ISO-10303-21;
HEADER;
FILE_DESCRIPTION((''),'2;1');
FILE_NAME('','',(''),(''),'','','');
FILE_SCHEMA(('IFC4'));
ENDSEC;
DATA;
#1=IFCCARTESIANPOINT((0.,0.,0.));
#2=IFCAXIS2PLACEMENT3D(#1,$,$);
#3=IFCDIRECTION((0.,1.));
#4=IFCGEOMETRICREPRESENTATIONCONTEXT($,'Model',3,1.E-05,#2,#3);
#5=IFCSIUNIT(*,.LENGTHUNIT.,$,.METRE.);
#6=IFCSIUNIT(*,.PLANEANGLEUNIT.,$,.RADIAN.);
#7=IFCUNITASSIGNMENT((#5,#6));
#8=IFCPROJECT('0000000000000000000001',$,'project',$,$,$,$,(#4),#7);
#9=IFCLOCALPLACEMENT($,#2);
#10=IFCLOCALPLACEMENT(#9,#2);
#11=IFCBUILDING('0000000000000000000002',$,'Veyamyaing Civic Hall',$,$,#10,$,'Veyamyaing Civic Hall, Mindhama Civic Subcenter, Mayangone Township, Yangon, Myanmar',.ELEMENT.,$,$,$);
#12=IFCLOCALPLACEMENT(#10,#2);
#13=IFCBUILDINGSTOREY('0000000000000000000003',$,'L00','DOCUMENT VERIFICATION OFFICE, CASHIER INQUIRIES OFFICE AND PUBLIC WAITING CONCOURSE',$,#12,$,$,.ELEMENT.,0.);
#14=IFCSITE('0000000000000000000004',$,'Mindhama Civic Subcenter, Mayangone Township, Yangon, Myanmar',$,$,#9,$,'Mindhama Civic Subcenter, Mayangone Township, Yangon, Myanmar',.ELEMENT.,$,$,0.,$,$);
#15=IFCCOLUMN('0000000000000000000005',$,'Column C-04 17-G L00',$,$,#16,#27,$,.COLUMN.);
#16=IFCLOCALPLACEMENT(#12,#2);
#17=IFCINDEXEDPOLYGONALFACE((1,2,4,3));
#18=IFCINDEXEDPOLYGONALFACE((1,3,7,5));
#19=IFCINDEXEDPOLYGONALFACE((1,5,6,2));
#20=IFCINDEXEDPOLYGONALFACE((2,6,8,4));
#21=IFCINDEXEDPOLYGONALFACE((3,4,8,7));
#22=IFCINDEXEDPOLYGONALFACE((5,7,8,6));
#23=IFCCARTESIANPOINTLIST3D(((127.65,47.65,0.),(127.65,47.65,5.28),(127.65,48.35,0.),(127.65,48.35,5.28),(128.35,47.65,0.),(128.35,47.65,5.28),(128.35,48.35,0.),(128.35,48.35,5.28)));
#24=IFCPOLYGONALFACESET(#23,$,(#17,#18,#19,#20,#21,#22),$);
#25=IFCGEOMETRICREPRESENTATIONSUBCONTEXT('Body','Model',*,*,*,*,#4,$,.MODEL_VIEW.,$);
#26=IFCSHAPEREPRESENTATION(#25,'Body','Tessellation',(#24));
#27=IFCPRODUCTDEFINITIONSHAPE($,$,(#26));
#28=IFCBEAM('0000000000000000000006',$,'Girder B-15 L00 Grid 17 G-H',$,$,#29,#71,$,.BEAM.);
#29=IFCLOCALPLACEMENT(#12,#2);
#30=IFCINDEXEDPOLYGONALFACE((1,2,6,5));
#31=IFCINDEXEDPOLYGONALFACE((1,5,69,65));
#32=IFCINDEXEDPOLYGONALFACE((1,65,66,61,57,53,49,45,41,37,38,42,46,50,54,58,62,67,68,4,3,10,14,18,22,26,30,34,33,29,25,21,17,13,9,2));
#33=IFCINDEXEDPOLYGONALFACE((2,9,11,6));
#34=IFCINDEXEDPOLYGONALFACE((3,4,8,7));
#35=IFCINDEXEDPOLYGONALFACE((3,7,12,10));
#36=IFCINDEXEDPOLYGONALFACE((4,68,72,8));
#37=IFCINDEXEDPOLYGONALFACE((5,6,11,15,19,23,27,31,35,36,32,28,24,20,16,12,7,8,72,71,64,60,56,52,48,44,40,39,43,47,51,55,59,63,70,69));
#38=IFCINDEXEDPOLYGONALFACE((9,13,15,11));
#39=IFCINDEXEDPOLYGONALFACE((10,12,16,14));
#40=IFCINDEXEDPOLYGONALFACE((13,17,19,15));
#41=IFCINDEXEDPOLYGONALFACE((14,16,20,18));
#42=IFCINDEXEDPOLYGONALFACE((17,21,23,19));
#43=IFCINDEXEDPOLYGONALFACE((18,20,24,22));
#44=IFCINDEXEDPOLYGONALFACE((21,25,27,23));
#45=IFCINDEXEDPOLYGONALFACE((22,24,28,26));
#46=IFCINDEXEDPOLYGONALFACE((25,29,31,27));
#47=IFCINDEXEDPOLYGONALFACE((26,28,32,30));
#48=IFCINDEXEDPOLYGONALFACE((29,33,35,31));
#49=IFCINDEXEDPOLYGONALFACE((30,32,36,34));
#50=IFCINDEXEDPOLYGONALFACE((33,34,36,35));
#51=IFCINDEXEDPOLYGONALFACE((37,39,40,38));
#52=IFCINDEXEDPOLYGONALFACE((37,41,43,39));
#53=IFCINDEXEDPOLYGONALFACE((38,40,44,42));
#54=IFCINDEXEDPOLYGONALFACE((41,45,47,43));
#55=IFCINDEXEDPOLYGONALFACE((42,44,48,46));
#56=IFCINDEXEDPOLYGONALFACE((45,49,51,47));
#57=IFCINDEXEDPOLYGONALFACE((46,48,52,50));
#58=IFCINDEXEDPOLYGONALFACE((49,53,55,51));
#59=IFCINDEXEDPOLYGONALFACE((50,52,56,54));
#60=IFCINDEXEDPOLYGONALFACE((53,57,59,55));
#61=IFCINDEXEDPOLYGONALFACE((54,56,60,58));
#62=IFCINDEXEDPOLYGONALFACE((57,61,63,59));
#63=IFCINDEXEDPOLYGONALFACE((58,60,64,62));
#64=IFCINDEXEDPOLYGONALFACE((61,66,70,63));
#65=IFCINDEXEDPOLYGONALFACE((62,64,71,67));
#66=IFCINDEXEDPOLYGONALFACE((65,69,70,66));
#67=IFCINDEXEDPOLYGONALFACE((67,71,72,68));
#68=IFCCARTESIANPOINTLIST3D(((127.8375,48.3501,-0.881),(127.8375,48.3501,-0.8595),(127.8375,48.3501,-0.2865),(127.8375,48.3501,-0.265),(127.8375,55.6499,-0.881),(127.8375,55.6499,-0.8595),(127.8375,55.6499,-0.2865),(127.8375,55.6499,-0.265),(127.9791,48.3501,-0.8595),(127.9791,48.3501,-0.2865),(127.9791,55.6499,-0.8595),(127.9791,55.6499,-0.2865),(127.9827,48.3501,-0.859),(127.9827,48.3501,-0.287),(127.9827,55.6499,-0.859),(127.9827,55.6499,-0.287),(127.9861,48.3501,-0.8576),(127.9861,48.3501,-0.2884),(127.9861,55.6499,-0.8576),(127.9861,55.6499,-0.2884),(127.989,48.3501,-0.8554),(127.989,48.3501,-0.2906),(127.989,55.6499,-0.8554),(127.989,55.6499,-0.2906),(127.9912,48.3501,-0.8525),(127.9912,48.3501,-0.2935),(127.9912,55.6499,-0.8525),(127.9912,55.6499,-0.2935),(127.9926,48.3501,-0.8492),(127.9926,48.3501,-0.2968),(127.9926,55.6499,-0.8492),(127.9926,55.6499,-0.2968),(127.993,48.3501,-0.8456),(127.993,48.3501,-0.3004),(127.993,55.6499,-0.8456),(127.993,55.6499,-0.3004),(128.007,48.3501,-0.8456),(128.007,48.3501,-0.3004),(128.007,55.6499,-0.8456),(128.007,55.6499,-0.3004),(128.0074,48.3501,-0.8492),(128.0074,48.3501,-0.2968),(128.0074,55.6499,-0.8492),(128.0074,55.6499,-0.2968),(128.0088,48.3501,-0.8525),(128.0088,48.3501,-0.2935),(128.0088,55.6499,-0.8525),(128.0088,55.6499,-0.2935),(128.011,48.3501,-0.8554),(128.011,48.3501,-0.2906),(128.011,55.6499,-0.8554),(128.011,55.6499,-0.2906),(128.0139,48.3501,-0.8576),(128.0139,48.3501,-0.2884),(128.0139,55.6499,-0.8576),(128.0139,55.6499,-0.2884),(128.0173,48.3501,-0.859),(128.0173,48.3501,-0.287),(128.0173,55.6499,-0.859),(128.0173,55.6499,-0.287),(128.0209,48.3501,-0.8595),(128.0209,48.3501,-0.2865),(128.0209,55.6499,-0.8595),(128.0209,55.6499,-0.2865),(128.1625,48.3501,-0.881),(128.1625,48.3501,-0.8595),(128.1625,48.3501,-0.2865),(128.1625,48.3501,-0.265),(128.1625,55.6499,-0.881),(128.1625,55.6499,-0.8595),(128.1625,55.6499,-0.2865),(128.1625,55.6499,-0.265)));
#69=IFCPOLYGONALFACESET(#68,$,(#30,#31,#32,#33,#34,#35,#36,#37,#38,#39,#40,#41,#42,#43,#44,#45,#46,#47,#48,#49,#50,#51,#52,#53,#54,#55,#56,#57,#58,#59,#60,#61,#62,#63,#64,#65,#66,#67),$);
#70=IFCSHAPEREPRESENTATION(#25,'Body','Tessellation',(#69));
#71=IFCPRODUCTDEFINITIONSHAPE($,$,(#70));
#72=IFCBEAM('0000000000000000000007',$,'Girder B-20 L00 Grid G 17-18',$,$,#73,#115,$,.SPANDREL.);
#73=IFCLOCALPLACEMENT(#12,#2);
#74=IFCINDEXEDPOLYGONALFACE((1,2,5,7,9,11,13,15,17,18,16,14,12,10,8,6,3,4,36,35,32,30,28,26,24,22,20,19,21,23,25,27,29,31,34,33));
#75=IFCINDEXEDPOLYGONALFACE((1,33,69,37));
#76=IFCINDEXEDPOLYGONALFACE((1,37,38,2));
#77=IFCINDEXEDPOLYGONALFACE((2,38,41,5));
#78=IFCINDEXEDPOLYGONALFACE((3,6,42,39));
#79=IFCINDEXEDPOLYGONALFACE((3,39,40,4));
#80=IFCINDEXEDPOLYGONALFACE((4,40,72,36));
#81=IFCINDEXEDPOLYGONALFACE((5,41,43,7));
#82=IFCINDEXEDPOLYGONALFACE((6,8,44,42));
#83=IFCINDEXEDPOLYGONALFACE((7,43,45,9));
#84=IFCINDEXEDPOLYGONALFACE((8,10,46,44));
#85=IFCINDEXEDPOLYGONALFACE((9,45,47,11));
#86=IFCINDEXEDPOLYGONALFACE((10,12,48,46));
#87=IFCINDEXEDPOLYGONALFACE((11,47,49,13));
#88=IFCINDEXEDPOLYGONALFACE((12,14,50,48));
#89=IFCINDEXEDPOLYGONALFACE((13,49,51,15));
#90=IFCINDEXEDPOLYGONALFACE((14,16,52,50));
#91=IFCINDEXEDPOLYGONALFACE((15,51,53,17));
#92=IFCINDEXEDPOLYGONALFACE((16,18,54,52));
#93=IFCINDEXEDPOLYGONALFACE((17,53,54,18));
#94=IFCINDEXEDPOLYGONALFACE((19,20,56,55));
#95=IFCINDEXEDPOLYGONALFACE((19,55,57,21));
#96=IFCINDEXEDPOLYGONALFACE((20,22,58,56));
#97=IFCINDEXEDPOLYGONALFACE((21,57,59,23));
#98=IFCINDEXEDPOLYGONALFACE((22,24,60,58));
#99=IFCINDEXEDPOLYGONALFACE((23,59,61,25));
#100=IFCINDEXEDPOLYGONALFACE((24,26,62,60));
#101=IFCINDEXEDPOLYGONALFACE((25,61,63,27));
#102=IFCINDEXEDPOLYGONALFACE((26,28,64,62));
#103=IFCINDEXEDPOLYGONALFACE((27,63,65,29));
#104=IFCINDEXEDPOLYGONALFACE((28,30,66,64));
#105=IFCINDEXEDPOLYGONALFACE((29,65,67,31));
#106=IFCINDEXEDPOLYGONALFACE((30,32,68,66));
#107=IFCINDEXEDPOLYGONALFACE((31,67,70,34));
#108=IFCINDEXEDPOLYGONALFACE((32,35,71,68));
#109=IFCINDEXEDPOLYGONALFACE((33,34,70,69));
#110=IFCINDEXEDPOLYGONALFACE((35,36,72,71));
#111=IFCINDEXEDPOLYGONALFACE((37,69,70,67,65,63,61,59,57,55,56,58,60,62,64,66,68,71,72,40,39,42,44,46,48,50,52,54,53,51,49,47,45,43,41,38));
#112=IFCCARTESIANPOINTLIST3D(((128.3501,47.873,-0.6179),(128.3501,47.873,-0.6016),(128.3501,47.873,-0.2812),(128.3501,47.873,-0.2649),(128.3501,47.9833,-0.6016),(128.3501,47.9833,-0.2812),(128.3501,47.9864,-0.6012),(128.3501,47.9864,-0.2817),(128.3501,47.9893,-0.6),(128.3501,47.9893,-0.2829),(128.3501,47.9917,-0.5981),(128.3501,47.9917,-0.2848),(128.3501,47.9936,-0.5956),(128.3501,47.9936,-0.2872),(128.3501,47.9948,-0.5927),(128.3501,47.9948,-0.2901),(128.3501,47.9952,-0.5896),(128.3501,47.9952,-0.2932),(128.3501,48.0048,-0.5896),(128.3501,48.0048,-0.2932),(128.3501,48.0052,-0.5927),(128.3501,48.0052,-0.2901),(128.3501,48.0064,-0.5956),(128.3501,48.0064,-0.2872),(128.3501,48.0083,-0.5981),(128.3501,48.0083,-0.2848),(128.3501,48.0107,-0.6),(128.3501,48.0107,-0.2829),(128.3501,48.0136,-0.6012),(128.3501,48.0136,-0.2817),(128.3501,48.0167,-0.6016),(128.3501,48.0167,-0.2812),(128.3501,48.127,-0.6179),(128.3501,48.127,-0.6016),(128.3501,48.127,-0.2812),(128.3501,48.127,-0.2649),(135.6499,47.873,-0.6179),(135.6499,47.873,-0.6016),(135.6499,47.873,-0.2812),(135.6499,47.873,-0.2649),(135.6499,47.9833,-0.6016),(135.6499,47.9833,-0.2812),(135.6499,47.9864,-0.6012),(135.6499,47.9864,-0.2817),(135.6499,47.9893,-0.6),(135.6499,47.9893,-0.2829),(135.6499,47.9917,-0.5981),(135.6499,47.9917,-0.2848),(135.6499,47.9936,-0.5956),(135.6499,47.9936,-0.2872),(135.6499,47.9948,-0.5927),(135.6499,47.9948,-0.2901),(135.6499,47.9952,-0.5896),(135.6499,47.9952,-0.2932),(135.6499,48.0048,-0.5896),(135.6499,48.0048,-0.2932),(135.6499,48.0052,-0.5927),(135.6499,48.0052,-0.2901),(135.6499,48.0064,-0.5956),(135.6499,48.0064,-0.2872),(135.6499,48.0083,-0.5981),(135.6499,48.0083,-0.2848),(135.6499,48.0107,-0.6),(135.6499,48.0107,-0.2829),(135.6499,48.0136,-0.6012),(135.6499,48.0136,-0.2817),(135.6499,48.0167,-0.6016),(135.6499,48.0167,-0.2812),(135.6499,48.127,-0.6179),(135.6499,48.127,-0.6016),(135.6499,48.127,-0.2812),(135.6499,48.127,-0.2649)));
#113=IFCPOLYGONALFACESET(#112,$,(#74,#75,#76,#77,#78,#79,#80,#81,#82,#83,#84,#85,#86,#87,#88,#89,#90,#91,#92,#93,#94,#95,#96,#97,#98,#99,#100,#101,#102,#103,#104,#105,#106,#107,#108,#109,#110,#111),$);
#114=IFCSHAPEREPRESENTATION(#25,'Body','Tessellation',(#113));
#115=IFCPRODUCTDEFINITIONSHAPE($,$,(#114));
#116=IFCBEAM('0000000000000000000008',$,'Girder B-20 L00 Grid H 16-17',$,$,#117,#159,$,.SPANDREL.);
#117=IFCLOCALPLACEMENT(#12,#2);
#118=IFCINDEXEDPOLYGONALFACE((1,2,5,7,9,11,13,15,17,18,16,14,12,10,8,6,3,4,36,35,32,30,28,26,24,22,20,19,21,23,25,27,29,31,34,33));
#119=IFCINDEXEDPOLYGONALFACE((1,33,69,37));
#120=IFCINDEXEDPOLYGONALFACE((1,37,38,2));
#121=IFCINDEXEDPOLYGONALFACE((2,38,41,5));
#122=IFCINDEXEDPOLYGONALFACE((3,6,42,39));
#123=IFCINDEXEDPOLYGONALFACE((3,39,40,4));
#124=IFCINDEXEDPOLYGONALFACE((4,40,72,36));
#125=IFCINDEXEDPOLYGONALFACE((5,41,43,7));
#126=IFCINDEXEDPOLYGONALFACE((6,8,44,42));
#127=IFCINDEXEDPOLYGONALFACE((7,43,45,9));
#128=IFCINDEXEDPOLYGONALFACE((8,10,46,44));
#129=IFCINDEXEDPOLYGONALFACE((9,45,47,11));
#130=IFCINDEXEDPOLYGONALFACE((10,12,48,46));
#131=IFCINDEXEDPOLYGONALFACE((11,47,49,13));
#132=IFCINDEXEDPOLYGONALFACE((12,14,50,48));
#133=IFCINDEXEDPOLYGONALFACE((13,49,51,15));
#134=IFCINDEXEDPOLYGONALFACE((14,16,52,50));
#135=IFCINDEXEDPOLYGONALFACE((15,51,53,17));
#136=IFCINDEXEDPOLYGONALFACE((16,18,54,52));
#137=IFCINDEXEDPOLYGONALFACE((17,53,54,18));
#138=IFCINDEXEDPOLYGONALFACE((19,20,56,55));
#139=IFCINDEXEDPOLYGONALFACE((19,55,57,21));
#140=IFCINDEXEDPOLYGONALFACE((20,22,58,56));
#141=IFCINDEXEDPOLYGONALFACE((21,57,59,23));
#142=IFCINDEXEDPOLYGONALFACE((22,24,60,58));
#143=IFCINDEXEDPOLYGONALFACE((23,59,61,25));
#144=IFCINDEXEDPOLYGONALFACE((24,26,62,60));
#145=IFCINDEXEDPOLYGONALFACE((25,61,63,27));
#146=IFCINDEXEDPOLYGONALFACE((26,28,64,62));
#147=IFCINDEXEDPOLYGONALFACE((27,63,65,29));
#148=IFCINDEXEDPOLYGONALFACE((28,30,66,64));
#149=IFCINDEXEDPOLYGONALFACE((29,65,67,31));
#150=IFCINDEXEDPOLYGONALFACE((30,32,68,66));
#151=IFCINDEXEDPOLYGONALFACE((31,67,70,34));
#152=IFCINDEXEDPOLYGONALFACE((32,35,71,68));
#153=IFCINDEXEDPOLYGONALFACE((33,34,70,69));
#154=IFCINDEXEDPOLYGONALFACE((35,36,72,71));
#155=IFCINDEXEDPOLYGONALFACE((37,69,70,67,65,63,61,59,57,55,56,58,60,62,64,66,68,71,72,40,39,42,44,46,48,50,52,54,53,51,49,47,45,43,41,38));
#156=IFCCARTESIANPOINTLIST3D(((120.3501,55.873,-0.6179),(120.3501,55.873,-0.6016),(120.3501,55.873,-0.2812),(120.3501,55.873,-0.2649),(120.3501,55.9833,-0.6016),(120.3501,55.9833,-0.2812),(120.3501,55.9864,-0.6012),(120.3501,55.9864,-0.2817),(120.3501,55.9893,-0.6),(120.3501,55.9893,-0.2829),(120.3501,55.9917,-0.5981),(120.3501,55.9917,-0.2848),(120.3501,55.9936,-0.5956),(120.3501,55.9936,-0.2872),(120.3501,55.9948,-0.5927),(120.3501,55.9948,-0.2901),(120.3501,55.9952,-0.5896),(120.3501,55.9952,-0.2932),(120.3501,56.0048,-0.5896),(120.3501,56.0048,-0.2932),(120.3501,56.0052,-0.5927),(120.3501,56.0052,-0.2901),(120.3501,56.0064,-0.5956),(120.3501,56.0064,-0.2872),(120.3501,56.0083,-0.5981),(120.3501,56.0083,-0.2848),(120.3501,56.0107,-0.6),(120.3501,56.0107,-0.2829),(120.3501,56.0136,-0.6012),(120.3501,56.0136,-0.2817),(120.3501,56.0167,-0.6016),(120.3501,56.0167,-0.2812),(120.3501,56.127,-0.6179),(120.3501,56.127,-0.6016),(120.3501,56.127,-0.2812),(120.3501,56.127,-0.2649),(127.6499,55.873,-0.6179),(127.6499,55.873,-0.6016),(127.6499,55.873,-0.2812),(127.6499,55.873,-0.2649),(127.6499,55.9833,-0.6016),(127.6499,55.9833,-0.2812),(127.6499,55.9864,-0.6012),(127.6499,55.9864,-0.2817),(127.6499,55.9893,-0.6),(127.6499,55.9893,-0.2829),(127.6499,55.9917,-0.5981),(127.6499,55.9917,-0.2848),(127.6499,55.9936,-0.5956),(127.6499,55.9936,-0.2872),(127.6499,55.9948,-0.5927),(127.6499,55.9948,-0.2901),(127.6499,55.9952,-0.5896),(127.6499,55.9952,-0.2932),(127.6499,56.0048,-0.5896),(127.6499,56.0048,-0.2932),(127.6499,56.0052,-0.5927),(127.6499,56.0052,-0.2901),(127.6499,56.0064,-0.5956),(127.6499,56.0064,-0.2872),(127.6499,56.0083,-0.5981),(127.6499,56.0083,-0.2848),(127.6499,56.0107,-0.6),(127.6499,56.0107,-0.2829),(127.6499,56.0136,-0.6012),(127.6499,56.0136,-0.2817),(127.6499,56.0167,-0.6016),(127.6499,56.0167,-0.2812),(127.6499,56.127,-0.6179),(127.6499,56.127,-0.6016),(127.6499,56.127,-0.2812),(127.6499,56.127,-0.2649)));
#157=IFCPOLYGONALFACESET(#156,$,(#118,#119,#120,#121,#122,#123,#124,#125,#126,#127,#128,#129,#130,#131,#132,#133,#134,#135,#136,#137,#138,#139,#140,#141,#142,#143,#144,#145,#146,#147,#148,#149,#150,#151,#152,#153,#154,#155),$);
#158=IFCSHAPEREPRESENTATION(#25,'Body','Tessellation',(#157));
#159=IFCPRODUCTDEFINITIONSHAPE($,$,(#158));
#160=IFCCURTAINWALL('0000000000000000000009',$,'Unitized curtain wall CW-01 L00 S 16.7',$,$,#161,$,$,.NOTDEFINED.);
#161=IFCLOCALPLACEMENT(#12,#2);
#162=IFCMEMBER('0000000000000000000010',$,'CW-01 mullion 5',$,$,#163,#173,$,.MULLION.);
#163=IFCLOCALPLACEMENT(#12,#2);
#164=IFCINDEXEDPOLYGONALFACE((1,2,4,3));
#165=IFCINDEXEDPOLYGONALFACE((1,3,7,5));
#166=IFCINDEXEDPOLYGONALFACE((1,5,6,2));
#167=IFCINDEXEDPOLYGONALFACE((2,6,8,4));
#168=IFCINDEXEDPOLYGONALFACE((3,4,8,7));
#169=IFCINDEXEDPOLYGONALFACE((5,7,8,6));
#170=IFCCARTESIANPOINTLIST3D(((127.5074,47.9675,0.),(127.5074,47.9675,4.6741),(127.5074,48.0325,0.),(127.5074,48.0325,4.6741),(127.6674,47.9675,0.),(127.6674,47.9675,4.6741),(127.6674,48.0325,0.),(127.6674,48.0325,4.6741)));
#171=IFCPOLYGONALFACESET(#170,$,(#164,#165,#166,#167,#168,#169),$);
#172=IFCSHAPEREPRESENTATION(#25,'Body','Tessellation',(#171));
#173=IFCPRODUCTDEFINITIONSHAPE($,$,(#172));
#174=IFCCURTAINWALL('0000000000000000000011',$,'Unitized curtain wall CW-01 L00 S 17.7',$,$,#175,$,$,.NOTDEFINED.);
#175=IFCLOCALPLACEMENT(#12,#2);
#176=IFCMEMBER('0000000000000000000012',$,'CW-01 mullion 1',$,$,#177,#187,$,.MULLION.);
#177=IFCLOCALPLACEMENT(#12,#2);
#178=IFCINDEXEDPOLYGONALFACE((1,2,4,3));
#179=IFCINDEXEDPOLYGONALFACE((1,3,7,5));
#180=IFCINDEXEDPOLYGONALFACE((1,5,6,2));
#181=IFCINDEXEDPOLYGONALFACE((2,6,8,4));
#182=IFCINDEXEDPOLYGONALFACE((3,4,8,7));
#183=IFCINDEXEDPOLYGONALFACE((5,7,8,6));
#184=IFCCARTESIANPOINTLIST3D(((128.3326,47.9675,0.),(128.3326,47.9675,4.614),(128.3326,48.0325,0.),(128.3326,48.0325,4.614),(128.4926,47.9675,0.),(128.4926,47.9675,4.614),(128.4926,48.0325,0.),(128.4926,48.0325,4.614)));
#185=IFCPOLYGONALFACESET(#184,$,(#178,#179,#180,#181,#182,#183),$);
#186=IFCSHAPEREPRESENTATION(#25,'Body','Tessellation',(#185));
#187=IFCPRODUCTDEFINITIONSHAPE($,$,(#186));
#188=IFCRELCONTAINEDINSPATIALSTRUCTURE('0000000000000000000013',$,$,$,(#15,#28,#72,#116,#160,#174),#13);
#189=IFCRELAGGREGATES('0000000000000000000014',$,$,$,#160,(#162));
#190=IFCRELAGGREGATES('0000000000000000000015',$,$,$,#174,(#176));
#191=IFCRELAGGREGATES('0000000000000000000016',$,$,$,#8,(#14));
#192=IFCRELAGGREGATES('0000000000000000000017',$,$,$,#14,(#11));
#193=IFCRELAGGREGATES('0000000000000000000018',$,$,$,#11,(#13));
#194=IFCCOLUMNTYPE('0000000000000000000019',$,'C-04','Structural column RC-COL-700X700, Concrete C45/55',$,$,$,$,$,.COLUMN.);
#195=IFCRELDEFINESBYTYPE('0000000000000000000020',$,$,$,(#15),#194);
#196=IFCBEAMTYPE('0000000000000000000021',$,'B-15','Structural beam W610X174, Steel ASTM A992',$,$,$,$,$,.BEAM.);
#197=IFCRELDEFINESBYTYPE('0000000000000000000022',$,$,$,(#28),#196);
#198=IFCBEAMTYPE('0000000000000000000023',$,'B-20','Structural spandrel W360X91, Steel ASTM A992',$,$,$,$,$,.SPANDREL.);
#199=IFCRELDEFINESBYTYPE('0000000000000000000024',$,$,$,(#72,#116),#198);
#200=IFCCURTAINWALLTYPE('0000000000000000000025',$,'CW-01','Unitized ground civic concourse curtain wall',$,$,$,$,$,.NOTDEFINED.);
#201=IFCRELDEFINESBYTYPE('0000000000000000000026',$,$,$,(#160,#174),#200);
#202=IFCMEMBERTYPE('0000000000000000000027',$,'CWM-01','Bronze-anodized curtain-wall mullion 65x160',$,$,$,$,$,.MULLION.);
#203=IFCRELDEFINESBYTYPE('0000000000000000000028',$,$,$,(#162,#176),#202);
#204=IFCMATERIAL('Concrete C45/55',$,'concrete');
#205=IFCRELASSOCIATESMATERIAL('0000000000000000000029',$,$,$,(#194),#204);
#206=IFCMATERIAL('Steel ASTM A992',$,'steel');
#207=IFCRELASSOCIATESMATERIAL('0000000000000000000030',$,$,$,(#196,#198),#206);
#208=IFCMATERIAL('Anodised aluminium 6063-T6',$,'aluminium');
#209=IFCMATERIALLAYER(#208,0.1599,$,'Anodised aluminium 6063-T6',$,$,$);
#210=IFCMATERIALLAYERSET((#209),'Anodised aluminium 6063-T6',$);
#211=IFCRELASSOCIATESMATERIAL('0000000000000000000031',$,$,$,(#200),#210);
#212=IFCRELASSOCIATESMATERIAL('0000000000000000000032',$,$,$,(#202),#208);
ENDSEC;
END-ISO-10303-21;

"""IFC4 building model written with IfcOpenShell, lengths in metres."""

from ifc_helpers import new_model, si_unit, direction, frame, origin, origin_2d, place, context, subcontext, project, spatial, rectangle, i_section, extrude, material, layer, layer_set, material_profile, profile_set, type_object, element, aggregate, save


model = new_model("IFC4")

# Units and contexts
model_context = context("Model", 3, precision=1e-05, world=origin(), true_north=direction((0.0, 1.0)))
body_context = subcontext(model_context, "Body", "Model", "MODEL_VIEW")
ifc_project = project(units=[si_unit("LENGTHUNIT", "METRE"), si_unit("PLANEANGLEUNIT", "RADIAN")], contexts=[model_context])

# Site, building, storey
site_placement = place(None, origin())
site = spatial("IfcSite", under=ifc_project, at=site_placement, Name="Mindhama Civic Subcenter, Mayangone Township, Yangon, Myanmar", LongName="Mindhama Civic Subcenter, Mayangone Township, Yangon, Myanmar", CompositionType="ELEMENT", RefElevation=0.0)
building_placement = place(site_placement, origin())
building = spatial("IfcBuilding", under=site, at=building_placement, Name="Veyamyaing Civic Hall", LongName="Veyamyaing Civic Hall, Mindhama Civic Subcenter, Mayangone Township, Yangon, Myanmar", CompositionType="ELEMENT")
storey_placement = place(building_placement, origin())
storey = spatial("IfcBuildingStorey", under=building, at=storey_placement, Name="L00", Description="DOCUMENT VERIFICATION OFFICE, CASHIER INQUIRIES OFFICE AND PUBLIC WAITING CONCOURSE", CompositionType="ELEMENT", Elevation=0.0)

# Column
ifc_material_1 = material(Name="Concrete C45/55", Category="concrete")
ifc_material_profile_1 = material_profile(ifc_material_1, rectangle(XDim=0.7, YDim=0.7, at=origin_2d()), Name="RC-COL-700X700")
ifc_profile_set_1 = profile_set([ifc_material_profile_1], Name="Concrete C45/55")
column_type = type_object("IfcColumnType", Name="C-04", Description="Structural column RC-COL-700X700, Concrete C45/55", PredefinedType="COLUMN", material=ifc_profile_set_1)
column_placement = place(storey_placement, frame((128.0, 48.0, 0.0), z_axis=(0.0, 0.0, 1.0), x_axis=(1.0, 0.0, 0.0)))
element("IfcColumn", 1, at=column_placement, inside=storey, type_object=column_type, Name="Column C-04 17-G L00", PredefinedType="COLUMN", context=body_context, shape_type="SweptSolid", body=[
    extrude(rectangle(XDim=0.7, YDim=0.7, at=origin_2d()), origin(), (0.0, 0.0, 1.0), 5.28),
])

# Beams
ifc_material_2 = material(Name="Steel ASTM A992", Category="steel")
ifc_material_profile_2 = material_profile(ifc_material_2, i_section(OverallWidth=0.325, OverallDepth=0.616, WebThickness=0.0139, FlangeThickness=0.0215, FilletRadius=0.0139, at=origin_2d()), Name="W610X174")
ifc_profile_set_2 = profile_set([ifc_material_profile_2], Name="Steel ASTM A992")
beam_type_1 = type_object("IfcBeamType", Name="B-15", Description="Structural beam W610X174, Steel ASTM A992", PredefinedType="BEAM", material=ifc_profile_set_2)
beam_placement = place(storey_placement, frame((128.0, 48.3501, -0.573), z_axis=(0.0, 1.0, 0.0), x_axis=(-1.0, 0.0, 0.0)))
element("IfcBeam", 2, at=beam_placement, inside=storey, type_object=beam_type_1, Name="Girder B-15 L00 Grid 17 G-H", PredefinedType="BEAM", context=body_context, shape_type="SweptSolid", body=[
    extrude(i_section(OverallWidth=0.325, OverallDepth=0.616, WebThickness=0.0139, FlangeThickness=0.0215, FilletRadius=0.0139, at=origin_2d()), origin(), (0.0, 0.0, 1.0), 7.2998),
])
ifc_material_profile_3 = material_profile(ifc_material_2, i_section(OverallWidth=0.2539, OverallDepth=0.353, WebThickness=0.0095, FlangeThickness=0.0164, FilletRadius=0.012, at=origin_2d()), Name="W360X91")
ifc_profile_set_3 = profile_set([ifc_material_profile_3], Name="Steel ASTM A992")
beam_type_2 = type_object("IfcBeamType", Name="B-20", Description="Structural spandrel W360X91, Steel ASTM A992", PredefinedType="SPANDREL", material=ifc_profile_set_3)
for number, where, z_axis, x_axis, name in (
    (3, (128.3501, 48.0, -0.4414), (1.0, 0.0, 0.0), (0.0, 1.0, 0.0), "Girder B-20 L00 Grid G 17-18"),
    (4, (120.3501, 56.0, -0.4414), (1.0, 0.0, 0.0), (0.0, 1.0, 0.0), "Girder B-20 L00 Grid H 16-17"),
):
    element("IfcBeam", number, at=place(storey_placement, frame(where, z_axis=z_axis, x_axis=x_axis)), inside=storey, type_object=beam_type_2, Name=name, PredefinedType="SPANDREL", context=body_context, shape_type="SweptSolid", body=[
        extrude(i_section(OverallWidth=0.2539, OverallDepth=0.353, WebThickness=0.0095, FlangeThickness=0.0164, FilletRadius=0.012, at=origin_2d()), origin(), (0.0, 0.0, 1.0), 7.2998),
    ])

# Curtain wall, member
ifc_material_3 = material(Name="Anodised aluminium 6063-T6", Category="aluminium")
ifc_layer_1 = layer(ifc_material_3, 0.1599, Name="Anodised aluminium 6063-T6")
ifc_layer_set_1 = layer_set([ifc_layer_1], Name="Anodised aluminium 6063-T6")
curtain_wall_type = type_object("IfcCurtainWallType", Name="CW-01", Description="Unitized ground civic concourse curtain wall", PredefinedType="NOTDEFINED", material=ifc_layer_set_1)
curtain_wall_1_placement = place(storey_placement, origin())
curtain_wall_1 = element("IfcCurtainWall", 5, at=curtain_wall_1_placement, inside=storey, type_object=curtain_wall_type, Name="Unitized curtain wall CW-01 L00 S 16.7", PredefinedType="NOTDEFINED")
ifc_material_profile_4 = material_profile(ifc_material_3, rectangle(XDim=0.0649, YDim=0.1599, at=origin_2d()), Name="ALU-MUL-65X160")
ifc_profile_set_4 = profile_set([ifc_material_profile_4], Name="Anodised aluminium 6063-T6")
member_type_1 = type_object("IfcMemberType", Name="CWM-01", Description="Bronze-anodized curtain-wall mullion 65x160", PredefinedType="MULLION", material=ifc_profile_set_4)
member_1_placement = place(storey_placement, frame((127.5874, 48.0, 0.0), z_axis=(0.0, 0.0, 1.0), x_axis=(0.0, 1.0, 0.0)))
member_1 = element("IfcMember", 6, at=member_1_placement, type_object=member_type_1, Name="CW-01 mullion 5", PredefinedType="MULLION", context=body_context, shape_type="SweptSolid", body=[
    extrude(rectangle(XDim=0.0649, YDim=0.1599, at=origin_2d()), origin(), (0.0, 0.0, 1.0), 4.6741),
])

# Curtain wall, member
curtain_wall_2_placement = place(storey_placement, origin())
curtain_wall_2 = element("IfcCurtainWall", 7, at=curtain_wall_2_placement, inside=storey, type_object=curtain_wall_type, Name="Unitized curtain wall CW-01 L00 S 17.7", PredefinedType="NOTDEFINED")
member_2_placement = place(storey_placement, frame((128.4126, 48.0, 0.0), z_axis=(0.0, 0.0, 1.0), x_axis=(0.0, 1.0, 0.0)))
member_2 = element("IfcMember", 8, at=member_2_placement, type_object=member_type_1, Name="CW-01 mullion 1", PredefinedType="MULLION", context=body_context, shape_type="SweptSolid", body=[
    extrude(rectangle(XDim=0.0649, YDim=0.1599, at=origin_2d()), origin(), (0.0, 0.0, 1.0), 4.614),
])

aggregate(curtain_wall_1, [member_1])
aggregate(curtain_wall_2, [member_2])

save(model, "model.ifc")
